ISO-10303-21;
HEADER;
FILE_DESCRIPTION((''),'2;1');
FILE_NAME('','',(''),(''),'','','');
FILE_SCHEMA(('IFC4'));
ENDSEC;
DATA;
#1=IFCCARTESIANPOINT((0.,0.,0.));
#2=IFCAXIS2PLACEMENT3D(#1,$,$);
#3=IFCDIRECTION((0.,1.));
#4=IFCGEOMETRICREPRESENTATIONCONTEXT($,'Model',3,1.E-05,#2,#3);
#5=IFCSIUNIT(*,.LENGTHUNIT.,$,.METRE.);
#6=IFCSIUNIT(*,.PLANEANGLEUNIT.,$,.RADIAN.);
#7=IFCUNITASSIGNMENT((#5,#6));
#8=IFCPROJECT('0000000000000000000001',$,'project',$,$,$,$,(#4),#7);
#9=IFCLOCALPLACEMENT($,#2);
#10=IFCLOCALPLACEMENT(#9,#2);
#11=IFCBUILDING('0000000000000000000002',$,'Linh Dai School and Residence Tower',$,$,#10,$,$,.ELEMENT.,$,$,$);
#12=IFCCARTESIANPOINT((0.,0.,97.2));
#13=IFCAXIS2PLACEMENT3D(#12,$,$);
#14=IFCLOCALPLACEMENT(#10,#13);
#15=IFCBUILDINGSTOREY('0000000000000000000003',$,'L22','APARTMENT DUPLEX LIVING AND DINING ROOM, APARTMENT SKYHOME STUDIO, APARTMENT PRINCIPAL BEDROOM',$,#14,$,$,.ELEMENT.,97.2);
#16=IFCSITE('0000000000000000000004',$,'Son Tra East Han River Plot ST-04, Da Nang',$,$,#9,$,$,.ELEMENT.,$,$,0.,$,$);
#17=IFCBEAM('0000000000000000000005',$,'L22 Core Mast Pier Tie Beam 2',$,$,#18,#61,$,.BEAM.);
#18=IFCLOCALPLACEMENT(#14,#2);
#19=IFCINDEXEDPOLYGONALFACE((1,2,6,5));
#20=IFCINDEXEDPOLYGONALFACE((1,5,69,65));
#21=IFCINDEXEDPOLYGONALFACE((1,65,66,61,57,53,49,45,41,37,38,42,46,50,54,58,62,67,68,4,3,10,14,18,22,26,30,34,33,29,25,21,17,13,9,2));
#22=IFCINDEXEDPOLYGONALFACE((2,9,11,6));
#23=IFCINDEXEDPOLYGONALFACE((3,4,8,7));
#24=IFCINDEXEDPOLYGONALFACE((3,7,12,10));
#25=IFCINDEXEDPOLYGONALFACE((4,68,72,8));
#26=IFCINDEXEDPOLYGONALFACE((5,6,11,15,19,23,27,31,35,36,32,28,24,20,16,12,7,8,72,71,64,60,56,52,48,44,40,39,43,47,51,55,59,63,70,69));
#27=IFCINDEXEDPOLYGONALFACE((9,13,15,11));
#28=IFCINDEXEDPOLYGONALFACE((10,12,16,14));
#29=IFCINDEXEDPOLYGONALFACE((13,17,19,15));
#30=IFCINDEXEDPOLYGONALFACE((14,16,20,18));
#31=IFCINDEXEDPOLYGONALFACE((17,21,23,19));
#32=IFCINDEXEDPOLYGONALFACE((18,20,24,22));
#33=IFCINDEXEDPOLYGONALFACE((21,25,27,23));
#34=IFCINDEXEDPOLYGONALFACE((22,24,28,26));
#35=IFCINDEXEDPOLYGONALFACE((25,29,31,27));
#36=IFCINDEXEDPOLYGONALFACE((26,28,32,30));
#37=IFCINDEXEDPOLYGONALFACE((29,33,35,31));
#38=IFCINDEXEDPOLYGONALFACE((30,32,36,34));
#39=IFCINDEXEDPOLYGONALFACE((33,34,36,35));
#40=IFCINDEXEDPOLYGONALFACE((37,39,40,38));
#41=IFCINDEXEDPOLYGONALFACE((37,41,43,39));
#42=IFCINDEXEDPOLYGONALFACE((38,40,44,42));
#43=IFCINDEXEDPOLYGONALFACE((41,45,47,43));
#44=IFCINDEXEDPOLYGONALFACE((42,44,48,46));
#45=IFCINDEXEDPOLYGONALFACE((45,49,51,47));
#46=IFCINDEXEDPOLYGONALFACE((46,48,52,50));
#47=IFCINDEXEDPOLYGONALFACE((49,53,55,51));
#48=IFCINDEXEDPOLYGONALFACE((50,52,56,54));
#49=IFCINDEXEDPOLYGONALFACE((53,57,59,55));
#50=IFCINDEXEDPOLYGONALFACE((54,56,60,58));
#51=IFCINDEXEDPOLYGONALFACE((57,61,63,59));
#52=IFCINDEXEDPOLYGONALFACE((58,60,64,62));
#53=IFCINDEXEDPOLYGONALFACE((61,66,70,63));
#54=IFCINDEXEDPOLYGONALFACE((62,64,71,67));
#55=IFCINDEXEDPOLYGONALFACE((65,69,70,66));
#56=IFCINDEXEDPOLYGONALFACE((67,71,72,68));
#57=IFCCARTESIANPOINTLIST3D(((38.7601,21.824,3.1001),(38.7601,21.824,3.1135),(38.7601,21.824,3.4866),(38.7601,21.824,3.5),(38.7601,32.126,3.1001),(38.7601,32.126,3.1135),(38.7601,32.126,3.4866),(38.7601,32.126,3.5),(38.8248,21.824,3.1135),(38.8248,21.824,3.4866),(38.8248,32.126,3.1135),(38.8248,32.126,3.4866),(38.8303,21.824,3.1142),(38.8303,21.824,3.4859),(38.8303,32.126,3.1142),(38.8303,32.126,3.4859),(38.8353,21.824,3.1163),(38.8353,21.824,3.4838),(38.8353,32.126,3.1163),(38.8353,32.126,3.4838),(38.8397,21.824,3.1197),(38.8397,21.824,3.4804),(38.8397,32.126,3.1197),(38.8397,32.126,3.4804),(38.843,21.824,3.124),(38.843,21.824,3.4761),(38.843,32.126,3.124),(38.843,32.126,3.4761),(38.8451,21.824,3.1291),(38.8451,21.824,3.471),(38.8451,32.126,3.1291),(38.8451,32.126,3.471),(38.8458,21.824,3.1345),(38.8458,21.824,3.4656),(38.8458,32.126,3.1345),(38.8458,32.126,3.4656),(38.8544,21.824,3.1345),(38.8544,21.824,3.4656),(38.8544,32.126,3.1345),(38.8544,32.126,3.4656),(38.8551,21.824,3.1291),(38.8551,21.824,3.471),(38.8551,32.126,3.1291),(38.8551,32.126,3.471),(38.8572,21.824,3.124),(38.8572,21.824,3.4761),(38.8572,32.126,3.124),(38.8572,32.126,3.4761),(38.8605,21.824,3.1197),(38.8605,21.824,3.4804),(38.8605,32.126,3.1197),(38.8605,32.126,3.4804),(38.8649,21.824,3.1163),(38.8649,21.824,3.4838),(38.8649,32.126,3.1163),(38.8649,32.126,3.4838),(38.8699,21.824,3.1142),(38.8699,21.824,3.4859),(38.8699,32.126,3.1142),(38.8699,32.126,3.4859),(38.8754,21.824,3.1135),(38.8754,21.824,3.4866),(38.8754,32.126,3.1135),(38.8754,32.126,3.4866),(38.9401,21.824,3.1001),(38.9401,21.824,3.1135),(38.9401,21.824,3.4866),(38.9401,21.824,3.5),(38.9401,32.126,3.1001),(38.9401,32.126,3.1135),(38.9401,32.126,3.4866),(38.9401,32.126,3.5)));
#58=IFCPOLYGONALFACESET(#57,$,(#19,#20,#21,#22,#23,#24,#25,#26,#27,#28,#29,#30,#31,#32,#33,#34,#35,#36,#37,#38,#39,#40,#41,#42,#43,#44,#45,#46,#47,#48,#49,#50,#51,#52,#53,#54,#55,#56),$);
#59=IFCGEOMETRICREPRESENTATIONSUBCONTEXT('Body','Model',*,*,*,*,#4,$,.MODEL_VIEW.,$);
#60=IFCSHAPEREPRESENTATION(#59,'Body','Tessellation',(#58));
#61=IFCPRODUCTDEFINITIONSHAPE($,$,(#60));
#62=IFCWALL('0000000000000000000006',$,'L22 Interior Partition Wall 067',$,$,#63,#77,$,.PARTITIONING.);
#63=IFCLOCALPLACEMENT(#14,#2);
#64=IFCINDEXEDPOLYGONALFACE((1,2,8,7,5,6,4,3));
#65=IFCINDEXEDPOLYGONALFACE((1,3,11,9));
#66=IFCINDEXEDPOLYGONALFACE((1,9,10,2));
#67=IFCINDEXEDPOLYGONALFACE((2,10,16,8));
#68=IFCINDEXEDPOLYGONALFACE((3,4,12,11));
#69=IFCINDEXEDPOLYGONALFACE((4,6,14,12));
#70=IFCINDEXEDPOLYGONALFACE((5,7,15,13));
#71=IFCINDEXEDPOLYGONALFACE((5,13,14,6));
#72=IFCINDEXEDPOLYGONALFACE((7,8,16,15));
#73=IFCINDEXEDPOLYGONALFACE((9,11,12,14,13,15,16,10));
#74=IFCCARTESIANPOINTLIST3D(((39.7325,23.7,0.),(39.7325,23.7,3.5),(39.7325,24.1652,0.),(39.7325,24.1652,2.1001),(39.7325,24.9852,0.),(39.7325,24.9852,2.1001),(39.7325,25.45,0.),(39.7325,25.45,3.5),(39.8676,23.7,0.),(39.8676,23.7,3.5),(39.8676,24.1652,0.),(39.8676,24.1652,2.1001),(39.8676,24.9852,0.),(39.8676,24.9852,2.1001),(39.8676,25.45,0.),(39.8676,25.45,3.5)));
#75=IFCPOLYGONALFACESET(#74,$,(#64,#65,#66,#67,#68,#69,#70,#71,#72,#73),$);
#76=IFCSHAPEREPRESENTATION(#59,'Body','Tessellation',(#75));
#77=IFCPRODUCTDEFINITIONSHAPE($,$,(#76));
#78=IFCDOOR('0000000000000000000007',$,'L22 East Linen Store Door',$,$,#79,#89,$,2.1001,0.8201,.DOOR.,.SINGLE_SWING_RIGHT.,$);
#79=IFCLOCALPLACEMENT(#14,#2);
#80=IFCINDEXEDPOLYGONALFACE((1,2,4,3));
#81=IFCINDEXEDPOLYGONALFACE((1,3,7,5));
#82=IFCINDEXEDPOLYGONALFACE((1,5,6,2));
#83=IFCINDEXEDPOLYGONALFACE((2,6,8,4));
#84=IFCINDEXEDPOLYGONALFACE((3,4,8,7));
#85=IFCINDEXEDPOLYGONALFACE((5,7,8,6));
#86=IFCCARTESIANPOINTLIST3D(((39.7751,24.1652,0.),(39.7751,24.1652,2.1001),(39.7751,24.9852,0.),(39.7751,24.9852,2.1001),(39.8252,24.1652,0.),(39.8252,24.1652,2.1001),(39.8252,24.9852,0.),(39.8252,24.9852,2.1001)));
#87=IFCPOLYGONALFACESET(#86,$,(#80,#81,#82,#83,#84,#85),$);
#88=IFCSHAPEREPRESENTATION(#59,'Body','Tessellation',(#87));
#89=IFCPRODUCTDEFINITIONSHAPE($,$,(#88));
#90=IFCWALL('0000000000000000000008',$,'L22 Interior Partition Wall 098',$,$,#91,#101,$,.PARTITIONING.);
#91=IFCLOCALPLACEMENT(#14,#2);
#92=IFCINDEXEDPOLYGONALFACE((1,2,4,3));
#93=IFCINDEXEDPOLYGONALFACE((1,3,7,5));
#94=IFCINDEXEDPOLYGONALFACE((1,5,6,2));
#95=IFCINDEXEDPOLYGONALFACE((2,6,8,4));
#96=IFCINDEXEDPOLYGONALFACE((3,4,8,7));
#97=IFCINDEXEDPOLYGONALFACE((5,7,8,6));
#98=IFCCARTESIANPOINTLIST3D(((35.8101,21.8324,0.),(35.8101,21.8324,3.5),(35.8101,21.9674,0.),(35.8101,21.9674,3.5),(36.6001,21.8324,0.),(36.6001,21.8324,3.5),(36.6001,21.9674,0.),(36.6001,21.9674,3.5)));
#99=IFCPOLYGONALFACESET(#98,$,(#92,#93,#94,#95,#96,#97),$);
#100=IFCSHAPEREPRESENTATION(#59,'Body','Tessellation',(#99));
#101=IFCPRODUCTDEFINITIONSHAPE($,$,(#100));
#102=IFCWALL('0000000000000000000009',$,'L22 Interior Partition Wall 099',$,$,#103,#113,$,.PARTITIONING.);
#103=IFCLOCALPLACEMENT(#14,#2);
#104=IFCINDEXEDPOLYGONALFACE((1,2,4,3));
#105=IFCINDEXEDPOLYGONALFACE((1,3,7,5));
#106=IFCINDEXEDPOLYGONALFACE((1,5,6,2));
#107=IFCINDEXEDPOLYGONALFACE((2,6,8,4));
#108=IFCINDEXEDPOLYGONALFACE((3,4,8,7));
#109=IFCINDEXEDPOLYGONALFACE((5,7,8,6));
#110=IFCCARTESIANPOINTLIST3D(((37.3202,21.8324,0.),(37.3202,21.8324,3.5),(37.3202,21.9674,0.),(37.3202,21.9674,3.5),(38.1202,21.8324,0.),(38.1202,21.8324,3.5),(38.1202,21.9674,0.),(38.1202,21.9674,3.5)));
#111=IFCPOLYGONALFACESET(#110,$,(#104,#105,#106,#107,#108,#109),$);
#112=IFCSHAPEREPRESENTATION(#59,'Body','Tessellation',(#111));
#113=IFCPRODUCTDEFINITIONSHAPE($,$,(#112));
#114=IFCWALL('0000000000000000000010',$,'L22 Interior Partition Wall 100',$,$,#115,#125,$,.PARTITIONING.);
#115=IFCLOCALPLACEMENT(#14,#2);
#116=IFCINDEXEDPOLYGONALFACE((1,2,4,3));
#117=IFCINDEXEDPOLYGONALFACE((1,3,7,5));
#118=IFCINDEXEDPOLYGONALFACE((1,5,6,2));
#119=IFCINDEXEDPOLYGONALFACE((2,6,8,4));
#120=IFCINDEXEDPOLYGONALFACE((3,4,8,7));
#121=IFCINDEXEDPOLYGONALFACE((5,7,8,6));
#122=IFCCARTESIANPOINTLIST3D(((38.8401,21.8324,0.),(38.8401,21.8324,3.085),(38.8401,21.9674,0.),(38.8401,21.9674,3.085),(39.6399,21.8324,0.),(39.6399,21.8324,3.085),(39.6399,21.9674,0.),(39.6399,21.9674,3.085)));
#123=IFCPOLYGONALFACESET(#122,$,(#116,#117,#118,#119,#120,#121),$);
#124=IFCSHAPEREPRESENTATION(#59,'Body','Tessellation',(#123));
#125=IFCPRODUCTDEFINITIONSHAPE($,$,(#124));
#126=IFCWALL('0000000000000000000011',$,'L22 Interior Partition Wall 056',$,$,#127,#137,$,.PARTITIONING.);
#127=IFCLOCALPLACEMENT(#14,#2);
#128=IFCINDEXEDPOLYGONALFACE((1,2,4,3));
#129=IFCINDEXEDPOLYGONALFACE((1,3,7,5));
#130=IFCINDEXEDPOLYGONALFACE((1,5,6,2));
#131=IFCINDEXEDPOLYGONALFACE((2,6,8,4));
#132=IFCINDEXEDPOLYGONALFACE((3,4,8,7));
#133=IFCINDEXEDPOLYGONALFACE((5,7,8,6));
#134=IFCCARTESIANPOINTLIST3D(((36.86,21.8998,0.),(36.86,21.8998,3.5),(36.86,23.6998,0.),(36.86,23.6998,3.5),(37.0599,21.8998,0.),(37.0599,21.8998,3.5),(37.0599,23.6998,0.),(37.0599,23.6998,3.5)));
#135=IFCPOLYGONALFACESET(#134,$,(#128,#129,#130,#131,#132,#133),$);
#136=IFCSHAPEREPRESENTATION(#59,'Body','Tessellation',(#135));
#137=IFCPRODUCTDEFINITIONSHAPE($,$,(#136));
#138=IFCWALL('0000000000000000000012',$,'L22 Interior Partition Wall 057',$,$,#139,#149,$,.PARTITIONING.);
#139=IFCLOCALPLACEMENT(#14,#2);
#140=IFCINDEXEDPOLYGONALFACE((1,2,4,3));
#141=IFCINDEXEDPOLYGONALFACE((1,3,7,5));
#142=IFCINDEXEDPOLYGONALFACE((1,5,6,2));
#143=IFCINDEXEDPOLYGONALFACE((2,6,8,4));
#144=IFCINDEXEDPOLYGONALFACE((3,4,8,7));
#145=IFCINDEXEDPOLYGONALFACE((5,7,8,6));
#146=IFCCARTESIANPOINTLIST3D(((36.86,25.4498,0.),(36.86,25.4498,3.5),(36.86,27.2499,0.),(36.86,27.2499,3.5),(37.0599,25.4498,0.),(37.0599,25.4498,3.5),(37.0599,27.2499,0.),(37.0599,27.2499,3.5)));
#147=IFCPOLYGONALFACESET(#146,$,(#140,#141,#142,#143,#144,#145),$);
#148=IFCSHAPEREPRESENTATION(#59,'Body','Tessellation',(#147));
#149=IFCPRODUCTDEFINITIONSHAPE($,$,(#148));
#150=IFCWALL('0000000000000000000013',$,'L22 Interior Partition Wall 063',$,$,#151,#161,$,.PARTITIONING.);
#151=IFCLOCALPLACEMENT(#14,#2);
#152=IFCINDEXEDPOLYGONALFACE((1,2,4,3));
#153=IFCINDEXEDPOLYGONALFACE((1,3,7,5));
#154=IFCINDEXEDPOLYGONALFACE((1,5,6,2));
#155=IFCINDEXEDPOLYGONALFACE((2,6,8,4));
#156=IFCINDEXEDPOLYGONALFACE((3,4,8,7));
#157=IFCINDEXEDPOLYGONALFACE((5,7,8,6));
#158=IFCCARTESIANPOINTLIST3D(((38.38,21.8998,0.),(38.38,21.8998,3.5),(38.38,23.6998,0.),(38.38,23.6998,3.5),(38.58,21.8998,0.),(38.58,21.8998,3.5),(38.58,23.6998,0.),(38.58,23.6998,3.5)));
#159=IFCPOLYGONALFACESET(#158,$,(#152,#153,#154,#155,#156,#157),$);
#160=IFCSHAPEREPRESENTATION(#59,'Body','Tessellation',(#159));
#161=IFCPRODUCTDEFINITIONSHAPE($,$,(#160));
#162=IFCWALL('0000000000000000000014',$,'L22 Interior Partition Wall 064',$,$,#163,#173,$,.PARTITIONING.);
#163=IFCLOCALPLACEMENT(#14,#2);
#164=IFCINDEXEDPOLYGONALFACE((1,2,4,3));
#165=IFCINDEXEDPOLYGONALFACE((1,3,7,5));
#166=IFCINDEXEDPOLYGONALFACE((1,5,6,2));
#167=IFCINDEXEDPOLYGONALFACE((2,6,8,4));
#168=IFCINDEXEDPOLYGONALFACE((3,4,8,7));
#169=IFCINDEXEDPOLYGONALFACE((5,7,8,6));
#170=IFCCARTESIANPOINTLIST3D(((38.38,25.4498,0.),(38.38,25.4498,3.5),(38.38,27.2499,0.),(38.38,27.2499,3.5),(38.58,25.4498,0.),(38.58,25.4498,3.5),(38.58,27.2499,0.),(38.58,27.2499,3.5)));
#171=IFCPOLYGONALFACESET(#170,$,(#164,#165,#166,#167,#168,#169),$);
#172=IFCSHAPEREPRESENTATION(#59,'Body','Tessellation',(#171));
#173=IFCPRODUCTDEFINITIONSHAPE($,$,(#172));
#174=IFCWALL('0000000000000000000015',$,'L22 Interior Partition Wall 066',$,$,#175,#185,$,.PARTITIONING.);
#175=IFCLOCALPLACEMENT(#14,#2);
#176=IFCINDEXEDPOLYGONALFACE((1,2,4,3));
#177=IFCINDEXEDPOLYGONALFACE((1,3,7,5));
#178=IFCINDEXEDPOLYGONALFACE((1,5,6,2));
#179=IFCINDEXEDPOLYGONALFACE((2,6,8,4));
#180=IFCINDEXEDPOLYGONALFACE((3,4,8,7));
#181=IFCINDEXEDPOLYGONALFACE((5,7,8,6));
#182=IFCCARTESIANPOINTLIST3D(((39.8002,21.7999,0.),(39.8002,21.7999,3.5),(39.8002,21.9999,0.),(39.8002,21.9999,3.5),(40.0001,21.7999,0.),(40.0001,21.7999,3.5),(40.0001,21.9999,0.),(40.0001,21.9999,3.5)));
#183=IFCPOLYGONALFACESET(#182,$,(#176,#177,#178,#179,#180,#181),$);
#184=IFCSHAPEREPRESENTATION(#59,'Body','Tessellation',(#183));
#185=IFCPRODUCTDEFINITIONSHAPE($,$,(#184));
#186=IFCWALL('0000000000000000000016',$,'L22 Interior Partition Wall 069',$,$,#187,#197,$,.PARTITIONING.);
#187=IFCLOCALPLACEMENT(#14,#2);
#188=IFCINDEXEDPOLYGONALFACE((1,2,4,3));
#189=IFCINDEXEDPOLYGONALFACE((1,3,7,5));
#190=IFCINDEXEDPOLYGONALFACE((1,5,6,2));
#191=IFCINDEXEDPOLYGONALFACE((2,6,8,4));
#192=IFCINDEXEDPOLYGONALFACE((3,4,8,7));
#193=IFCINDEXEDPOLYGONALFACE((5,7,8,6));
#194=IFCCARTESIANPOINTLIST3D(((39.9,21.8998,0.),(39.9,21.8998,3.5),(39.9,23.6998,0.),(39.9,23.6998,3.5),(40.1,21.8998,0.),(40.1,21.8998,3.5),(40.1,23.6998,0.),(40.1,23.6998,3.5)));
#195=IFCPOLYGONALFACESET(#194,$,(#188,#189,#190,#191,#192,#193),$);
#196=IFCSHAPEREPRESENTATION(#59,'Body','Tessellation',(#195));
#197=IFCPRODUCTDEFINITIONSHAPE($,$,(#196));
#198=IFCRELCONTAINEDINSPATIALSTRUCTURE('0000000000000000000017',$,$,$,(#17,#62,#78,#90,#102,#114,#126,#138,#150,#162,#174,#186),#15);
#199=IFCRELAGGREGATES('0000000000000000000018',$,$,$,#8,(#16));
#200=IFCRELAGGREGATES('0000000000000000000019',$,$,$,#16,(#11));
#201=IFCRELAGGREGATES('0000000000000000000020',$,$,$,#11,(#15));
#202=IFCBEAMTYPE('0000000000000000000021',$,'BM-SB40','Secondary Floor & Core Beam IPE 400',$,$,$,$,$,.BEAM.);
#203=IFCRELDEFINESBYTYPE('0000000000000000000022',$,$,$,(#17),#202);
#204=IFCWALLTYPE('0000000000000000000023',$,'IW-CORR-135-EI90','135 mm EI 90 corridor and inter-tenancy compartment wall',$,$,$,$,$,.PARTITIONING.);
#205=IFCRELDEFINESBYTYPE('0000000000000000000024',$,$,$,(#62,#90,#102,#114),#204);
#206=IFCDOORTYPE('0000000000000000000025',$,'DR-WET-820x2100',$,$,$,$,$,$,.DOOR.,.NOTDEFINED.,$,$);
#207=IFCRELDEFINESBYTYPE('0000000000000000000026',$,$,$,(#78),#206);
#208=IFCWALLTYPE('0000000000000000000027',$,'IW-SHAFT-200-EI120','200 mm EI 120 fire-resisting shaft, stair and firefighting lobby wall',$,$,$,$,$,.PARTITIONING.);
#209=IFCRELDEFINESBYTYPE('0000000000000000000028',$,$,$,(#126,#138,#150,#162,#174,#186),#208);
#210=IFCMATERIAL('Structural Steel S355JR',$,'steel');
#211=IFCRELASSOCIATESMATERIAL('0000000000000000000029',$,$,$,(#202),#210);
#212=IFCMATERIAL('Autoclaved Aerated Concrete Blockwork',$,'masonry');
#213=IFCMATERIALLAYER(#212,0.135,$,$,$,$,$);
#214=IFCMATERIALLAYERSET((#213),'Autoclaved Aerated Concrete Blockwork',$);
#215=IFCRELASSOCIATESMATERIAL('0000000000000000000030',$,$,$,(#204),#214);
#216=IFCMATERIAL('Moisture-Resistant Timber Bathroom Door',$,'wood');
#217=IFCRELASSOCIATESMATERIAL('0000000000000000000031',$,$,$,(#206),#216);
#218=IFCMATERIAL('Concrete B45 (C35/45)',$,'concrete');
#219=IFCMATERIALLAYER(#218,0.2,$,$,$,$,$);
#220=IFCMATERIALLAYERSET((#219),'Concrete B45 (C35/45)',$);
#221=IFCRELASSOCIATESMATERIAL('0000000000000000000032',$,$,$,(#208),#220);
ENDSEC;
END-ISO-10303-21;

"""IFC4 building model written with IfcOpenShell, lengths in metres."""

from ifc_helpers import new_model, si_unit, direction, frame, frame_2d, origin, origin_2d, place, context, subcontext, project, spatial, rectangle, i_section, extrude, source, transform, mapped, material, layer, layer_set, material_profile, profile_set, type_object, element, fill, save


model = new_model("IFC4")

# Units and contexts
model_context = context("Model", 3, precision=1e-05, world=origin(), true_north=direction((0.0, 1.0)))
body_context = subcontext(model_context, "Body", "Model", "MODEL_VIEW")
ifc_project = project(units=[si_unit("LENGTHUNIT", "METRE"), si_unit("PLANEANGLEUNIT", "RADIAN")], contexts=[model_context])

# Site, building, storey
site_placement = place(None, origin())
site = spatial("IfcSite", under=ifc_project, at=site_placement, Name="Son Tra East Han River Plot ST-04, Da Nang", CompositionType="ELEMENT", RefElevation=0.0)
building_placement = place(site_placement, origin())
building = spatial("IfcBuilding", under=site, at=building_placement, Name="Linh Dai School and Residence Tower", CompositionType="ELEMENT")
storey_placement = place(building_placement, frame((0.0, 0.0, 97.2)))
storey = spatial("IfcBuildingStorey", under=building, at=storey_placement, Name="L22", Description="APARTMENT DUPLEX LIVING AND DINING ROOM, APARTMENT SKYHOME STUDIO, APARTMENT PRINCIPAL BEDROOM", CompositionType="ELEMENT", Elevation=97.2)

# Shared definitions
ifc_material_1 = material(Name="Structural Steel S355JR", Category="steel")

# Beam
ifc_material_profile_1 = material_profile(ifc_material_1, i_section(OverallWidth=0.1799, OverallDepth=0.3999, WebThickness=0.0085, FlangeThickness=0.0134, FilletRadius=0.021, at=origin_2d()), Name="IPE 400")
ifc_profile_set_1 = profile_set([ifc_material_profile_1], Name="Structural Steel S355JR")
beam_type = type_object("IfcBeamType", Name="BM-SB40", Description="Secondary Floor & Core Beam IPE 400", PredefinedType="BEAM", material=ifc_profile_set_1)
beam_placement = place(storey_placement, frame((38.8501, 21.824, 3.3), z_axis=(0.0, 1.0, 0.0), x_axis=(-1.0, 0.0, 0.0)))
element("IfcBeam", 1, at=beam_placement, inside=storey, type_object=beam_type, Name="L22 Core Mast Pier Tie Beam 2", PredefinedType="BEAM", context=body_context, shape_type="SweptSolid", body=[
    extrude(i_section(OverallWidth=0.1799, OverallDepth=0.3999, WebThickness=0.0085, FlangeThickness=0.0134, FilletRadius=0.021, at=origin_2d()), origin(), (0.0, 0.0, 1.0), 10.302),
])

# Wall, opening, door
ifc_material_2 = material(Name="Autoclaved Aerated Concrete Blockwork", Category="masonry")
ifc_layer_1 = layer(ifc_material_2, 0.135)
ifc_layer_set_1 = layer_set([ifc_layer_1], Name="Autoclaved Aerated Concrete Blockwork")
wall_type_1 = type_object("IfcWallType", Name="IW-CORR-135-EI90", Description="135 mm EI 90 corridor and inter-tenancy compartment wall", PredefinedType="PARTITIONING", material=ifc_layer_set_1)
wall_1_placement = place(storey_placement, frame((39.8, 23.7, 0.0), z_axis=(0.0, 0.0, 1.0), x_axis=(0.0, 1.0, 0.0)))
wall_1 = element("IfcWall", 2, at=wall_1_placement, inside=storey, type_object=wall_type_1, Name="L22 Interior Partition Wall 067", PredefinedType="PARTITIONING", context=body_context, shape_type="SweptSolid", body=[
    extrude(rectangle(XDim=1.75, YDim=0.135, at=frame_2d((0.875, 0.0))), origin(), (0.0, 0.0, 1.0), 3.5),
])
opening_placement = place(wall_1_placement, frame((0.4651, 0.0, 0.0)))
opening = element("IfcOpeningElement", 3, at=opening_placement, cuts=wall_1, PredefinedType="OPENING", context=body_context, shape_type="SweptSolid", body=[
    extrude(rectangle(XDim=0.8201, YDim=2.1001, at=origin_2d()), frame((0.4102, 0.0776, 1.05), z_axis=(0.0, -1.0, 0.0), x_axis=(1.0, 0.0, 0.0)), (0.0, 0.0, 1.0), 0.155),
])
ifc_material_3 = material(Name="Moisture-Resistant Timber Bathroom Door", Category="wood")
door_type = type_object("IfcDoorType", Name="DR-WET-820x2100", OperationType="NOTDEFINED", PredefinedType="DOOR", material=ifc_material_3)
shared_shape_1 = source(origin(), body_context, "Body", "SweptSolid", [
    extrude(rectangle(XDim=0.8201, YDim=2.1001, at=origin_2d()), frame((0.4102, 0.0249, 1.05), z_axis=(0.0, -1.0, 0.0), x_axis=(1.0, 0.0, 0.0)), (0.0, 0.0, 1.0), 0.05),
])
door_placement = place(opening_placement, origin())
door = element("IfcDoor", 4, at=door_placement, inside=storey, type_object=door_type, Name="L22 East Linen Store Door", OperationType="SINGLE_SWING_RIGHT", OverallHeight=2.1001, OverallWidth=0.8201, PredefinedType="DOOR", context=body_context, shape_type="MappedRepresentation", body=[
    mapped(shared_shape_1, transform((0.0, 0.0, 0.0), x_axis=(1.0, 0.0, 0.0), y_axis=(0.0, 1.0, 0.0), z_axis=(0.0, 0.0, 1.0), scale=1.0)),
])
fill(opening, door)

# Walls
wall_2_placement = place(storey_placement, frame((36.6001, 21.8999, 0.0), z_axis=(0.0, 0.0, 1.0), x_axis=(-1.0, 0.0, 0.0)))
element("IfcWall", 5, at=wall_2_placement, inside=storey, type_object=wall_type_1, Name="L22 Interior Partition Wall 098", PredefinedType="PARTITIONING", context=body_context, shape_type="SweptSolid", body=[
    extrude(rectangle(XDim=0.79, YDim=0.135, at=frame_2d((0.395, 0.0))), origin(), (0.0, 0.0, 1.0), 3.5),
])
wall_3_placement = place(storey_placement, frame((38.1201, 21.8999, 0.0), z_axis=(0.0, 0.0, 1.0), x_axis=(-1.0, 0.0, 0.0)))
element("IfcWall", 6, at=wall_3_placement, inside=storey, type_object=wall_type_1, Name="L22 Interior Partition Wall 099", PredefinedType="PARTITIONING", context=body_context, shape_type="SweptSolid", body=[
    extrude(rectangle(XDim=0.8, YDim=0.135, at=frame_2d((0.3999, 0.0))), origin(), (0.0, 0.0, 1.0), 3.5),
])
wall_4_placement = place(storey_placement, frame((39.6399, 21.8999, 0.0), z_axis=(0.0, 0.0, 1.0), x_axis=(-1.0, 0.0, 0.0)))
element("IfcWall", 7, at=wall_4_placement, inside=storey, type_object=wall_type_1, Name="L22 Interior Partition Wall 100", PredefinedType="PARTITIONING", context=body_context, shape_type="SweptSolid", body=[
    extrude(rectangle(XDim=0.7998, YDim=0.135, at=frame_2d((0.3999, 0.0))), origin(), (0.0, 0.0, 1.0), 3.085),
])
ifc_material_4 = material(Name="Concrete B45 (C35/45)", Category="concrete")
ifc_layer_2 = layer(ifc_material_4, 0.2)
ifc_layer_set_2 = layer_set([ifc_layer_2], Name="Concrete B45 (C35/45)")
wall_type_2 = type_object("IfcWallType", Name="IW-SHAFT-200-EI120", Description="200 mm EI 120 fire-resisting shaft, stair and firefighting lobby wall", PredefinedType="PARTITIONING", material=ifc_layer_set_2)
for number, where, z_axis, x_axis, name in (
    (8, (36.96, 21.8999, 0.0), (0.0, 0.0, 1.0), (0.0, 1.0, 0.0), "L22 Interior Partition Wall 056"),
    (9, (36.96, 25.45, 0.0), (0.0, 0.0, 1.0), (0.0, 1.0, 0.0), "L22 Interior Partition Wall 057"),
    (10, (38.48, 21.8999, 0.0), (0.0, 0.0, 1.0), (0.0, 1.0, 0.0), "L22 Interior Partition Wall 063"),
    (11, (38.48, 25.45, 0.0), (0.0, 0.0, 1.0), (0.0, 1.0, 0.0), "L22 Interior Partition Wall 064"),
):
    element("IfcWall", number, at=place(storey_placement, frame(where, z_axis=z_axis, x_axis=x_axis)), inside=storey, type_object=wall_type_2, Name=name, PredefinedType="PARTITIONING", context=body_context, shape_type="SweptSolid", body=[
        extrude(rectangle(XDim=1.8, YDim=0.2, at=frame_2d((0.8999, 0.0))), origin(), (0.0, 0.0, 1.0), 3.5),
    ])
wall_5_placement = place(storey_placement, frame((39.8, 21.8999, 0.0), z_axis=(0.0, 0.0, 1.0), x_axis=(1.0, 0.0, 0.0)))
element("IfcWall", 12, at=wall_5_placement, inside=storey, type_object=wall_type_2, Name="L22 Interior Partition Wall 066", PredefinedType="PARTITIONING", context=body_context, shape_type="SweptSolid", body=[
    extrude(rectangle(XDim=0.2, YDim=0.2, at=frame_2d((0.1001, 0.0))), origin(), (0.0, 0.0, 1.0), 3.5),
])
wall_6_placement = place(storey_placement, frame((40.0, 21.8999, 0.0), z_axis=(0.0, 0.0, 1.0), x_axis=(0.0, 1.0, 0.0)))
element("IfcWall", 13, at=wall_6_placement, inside=storey, type_object=wall_type_2, Name="L22 Interior Partition Wall 069", PredefinedType="PARTITIONING", context=body_context, shape_type="SweptSolid", body=[
    extrude(rectangle(XDim=1.8, YDim=0.2, at=frame_2d((0.8999, 0.0))), origin(), (0.0, 0.0, 1.0), 3.5),
])

save(model, "model.ifc")
